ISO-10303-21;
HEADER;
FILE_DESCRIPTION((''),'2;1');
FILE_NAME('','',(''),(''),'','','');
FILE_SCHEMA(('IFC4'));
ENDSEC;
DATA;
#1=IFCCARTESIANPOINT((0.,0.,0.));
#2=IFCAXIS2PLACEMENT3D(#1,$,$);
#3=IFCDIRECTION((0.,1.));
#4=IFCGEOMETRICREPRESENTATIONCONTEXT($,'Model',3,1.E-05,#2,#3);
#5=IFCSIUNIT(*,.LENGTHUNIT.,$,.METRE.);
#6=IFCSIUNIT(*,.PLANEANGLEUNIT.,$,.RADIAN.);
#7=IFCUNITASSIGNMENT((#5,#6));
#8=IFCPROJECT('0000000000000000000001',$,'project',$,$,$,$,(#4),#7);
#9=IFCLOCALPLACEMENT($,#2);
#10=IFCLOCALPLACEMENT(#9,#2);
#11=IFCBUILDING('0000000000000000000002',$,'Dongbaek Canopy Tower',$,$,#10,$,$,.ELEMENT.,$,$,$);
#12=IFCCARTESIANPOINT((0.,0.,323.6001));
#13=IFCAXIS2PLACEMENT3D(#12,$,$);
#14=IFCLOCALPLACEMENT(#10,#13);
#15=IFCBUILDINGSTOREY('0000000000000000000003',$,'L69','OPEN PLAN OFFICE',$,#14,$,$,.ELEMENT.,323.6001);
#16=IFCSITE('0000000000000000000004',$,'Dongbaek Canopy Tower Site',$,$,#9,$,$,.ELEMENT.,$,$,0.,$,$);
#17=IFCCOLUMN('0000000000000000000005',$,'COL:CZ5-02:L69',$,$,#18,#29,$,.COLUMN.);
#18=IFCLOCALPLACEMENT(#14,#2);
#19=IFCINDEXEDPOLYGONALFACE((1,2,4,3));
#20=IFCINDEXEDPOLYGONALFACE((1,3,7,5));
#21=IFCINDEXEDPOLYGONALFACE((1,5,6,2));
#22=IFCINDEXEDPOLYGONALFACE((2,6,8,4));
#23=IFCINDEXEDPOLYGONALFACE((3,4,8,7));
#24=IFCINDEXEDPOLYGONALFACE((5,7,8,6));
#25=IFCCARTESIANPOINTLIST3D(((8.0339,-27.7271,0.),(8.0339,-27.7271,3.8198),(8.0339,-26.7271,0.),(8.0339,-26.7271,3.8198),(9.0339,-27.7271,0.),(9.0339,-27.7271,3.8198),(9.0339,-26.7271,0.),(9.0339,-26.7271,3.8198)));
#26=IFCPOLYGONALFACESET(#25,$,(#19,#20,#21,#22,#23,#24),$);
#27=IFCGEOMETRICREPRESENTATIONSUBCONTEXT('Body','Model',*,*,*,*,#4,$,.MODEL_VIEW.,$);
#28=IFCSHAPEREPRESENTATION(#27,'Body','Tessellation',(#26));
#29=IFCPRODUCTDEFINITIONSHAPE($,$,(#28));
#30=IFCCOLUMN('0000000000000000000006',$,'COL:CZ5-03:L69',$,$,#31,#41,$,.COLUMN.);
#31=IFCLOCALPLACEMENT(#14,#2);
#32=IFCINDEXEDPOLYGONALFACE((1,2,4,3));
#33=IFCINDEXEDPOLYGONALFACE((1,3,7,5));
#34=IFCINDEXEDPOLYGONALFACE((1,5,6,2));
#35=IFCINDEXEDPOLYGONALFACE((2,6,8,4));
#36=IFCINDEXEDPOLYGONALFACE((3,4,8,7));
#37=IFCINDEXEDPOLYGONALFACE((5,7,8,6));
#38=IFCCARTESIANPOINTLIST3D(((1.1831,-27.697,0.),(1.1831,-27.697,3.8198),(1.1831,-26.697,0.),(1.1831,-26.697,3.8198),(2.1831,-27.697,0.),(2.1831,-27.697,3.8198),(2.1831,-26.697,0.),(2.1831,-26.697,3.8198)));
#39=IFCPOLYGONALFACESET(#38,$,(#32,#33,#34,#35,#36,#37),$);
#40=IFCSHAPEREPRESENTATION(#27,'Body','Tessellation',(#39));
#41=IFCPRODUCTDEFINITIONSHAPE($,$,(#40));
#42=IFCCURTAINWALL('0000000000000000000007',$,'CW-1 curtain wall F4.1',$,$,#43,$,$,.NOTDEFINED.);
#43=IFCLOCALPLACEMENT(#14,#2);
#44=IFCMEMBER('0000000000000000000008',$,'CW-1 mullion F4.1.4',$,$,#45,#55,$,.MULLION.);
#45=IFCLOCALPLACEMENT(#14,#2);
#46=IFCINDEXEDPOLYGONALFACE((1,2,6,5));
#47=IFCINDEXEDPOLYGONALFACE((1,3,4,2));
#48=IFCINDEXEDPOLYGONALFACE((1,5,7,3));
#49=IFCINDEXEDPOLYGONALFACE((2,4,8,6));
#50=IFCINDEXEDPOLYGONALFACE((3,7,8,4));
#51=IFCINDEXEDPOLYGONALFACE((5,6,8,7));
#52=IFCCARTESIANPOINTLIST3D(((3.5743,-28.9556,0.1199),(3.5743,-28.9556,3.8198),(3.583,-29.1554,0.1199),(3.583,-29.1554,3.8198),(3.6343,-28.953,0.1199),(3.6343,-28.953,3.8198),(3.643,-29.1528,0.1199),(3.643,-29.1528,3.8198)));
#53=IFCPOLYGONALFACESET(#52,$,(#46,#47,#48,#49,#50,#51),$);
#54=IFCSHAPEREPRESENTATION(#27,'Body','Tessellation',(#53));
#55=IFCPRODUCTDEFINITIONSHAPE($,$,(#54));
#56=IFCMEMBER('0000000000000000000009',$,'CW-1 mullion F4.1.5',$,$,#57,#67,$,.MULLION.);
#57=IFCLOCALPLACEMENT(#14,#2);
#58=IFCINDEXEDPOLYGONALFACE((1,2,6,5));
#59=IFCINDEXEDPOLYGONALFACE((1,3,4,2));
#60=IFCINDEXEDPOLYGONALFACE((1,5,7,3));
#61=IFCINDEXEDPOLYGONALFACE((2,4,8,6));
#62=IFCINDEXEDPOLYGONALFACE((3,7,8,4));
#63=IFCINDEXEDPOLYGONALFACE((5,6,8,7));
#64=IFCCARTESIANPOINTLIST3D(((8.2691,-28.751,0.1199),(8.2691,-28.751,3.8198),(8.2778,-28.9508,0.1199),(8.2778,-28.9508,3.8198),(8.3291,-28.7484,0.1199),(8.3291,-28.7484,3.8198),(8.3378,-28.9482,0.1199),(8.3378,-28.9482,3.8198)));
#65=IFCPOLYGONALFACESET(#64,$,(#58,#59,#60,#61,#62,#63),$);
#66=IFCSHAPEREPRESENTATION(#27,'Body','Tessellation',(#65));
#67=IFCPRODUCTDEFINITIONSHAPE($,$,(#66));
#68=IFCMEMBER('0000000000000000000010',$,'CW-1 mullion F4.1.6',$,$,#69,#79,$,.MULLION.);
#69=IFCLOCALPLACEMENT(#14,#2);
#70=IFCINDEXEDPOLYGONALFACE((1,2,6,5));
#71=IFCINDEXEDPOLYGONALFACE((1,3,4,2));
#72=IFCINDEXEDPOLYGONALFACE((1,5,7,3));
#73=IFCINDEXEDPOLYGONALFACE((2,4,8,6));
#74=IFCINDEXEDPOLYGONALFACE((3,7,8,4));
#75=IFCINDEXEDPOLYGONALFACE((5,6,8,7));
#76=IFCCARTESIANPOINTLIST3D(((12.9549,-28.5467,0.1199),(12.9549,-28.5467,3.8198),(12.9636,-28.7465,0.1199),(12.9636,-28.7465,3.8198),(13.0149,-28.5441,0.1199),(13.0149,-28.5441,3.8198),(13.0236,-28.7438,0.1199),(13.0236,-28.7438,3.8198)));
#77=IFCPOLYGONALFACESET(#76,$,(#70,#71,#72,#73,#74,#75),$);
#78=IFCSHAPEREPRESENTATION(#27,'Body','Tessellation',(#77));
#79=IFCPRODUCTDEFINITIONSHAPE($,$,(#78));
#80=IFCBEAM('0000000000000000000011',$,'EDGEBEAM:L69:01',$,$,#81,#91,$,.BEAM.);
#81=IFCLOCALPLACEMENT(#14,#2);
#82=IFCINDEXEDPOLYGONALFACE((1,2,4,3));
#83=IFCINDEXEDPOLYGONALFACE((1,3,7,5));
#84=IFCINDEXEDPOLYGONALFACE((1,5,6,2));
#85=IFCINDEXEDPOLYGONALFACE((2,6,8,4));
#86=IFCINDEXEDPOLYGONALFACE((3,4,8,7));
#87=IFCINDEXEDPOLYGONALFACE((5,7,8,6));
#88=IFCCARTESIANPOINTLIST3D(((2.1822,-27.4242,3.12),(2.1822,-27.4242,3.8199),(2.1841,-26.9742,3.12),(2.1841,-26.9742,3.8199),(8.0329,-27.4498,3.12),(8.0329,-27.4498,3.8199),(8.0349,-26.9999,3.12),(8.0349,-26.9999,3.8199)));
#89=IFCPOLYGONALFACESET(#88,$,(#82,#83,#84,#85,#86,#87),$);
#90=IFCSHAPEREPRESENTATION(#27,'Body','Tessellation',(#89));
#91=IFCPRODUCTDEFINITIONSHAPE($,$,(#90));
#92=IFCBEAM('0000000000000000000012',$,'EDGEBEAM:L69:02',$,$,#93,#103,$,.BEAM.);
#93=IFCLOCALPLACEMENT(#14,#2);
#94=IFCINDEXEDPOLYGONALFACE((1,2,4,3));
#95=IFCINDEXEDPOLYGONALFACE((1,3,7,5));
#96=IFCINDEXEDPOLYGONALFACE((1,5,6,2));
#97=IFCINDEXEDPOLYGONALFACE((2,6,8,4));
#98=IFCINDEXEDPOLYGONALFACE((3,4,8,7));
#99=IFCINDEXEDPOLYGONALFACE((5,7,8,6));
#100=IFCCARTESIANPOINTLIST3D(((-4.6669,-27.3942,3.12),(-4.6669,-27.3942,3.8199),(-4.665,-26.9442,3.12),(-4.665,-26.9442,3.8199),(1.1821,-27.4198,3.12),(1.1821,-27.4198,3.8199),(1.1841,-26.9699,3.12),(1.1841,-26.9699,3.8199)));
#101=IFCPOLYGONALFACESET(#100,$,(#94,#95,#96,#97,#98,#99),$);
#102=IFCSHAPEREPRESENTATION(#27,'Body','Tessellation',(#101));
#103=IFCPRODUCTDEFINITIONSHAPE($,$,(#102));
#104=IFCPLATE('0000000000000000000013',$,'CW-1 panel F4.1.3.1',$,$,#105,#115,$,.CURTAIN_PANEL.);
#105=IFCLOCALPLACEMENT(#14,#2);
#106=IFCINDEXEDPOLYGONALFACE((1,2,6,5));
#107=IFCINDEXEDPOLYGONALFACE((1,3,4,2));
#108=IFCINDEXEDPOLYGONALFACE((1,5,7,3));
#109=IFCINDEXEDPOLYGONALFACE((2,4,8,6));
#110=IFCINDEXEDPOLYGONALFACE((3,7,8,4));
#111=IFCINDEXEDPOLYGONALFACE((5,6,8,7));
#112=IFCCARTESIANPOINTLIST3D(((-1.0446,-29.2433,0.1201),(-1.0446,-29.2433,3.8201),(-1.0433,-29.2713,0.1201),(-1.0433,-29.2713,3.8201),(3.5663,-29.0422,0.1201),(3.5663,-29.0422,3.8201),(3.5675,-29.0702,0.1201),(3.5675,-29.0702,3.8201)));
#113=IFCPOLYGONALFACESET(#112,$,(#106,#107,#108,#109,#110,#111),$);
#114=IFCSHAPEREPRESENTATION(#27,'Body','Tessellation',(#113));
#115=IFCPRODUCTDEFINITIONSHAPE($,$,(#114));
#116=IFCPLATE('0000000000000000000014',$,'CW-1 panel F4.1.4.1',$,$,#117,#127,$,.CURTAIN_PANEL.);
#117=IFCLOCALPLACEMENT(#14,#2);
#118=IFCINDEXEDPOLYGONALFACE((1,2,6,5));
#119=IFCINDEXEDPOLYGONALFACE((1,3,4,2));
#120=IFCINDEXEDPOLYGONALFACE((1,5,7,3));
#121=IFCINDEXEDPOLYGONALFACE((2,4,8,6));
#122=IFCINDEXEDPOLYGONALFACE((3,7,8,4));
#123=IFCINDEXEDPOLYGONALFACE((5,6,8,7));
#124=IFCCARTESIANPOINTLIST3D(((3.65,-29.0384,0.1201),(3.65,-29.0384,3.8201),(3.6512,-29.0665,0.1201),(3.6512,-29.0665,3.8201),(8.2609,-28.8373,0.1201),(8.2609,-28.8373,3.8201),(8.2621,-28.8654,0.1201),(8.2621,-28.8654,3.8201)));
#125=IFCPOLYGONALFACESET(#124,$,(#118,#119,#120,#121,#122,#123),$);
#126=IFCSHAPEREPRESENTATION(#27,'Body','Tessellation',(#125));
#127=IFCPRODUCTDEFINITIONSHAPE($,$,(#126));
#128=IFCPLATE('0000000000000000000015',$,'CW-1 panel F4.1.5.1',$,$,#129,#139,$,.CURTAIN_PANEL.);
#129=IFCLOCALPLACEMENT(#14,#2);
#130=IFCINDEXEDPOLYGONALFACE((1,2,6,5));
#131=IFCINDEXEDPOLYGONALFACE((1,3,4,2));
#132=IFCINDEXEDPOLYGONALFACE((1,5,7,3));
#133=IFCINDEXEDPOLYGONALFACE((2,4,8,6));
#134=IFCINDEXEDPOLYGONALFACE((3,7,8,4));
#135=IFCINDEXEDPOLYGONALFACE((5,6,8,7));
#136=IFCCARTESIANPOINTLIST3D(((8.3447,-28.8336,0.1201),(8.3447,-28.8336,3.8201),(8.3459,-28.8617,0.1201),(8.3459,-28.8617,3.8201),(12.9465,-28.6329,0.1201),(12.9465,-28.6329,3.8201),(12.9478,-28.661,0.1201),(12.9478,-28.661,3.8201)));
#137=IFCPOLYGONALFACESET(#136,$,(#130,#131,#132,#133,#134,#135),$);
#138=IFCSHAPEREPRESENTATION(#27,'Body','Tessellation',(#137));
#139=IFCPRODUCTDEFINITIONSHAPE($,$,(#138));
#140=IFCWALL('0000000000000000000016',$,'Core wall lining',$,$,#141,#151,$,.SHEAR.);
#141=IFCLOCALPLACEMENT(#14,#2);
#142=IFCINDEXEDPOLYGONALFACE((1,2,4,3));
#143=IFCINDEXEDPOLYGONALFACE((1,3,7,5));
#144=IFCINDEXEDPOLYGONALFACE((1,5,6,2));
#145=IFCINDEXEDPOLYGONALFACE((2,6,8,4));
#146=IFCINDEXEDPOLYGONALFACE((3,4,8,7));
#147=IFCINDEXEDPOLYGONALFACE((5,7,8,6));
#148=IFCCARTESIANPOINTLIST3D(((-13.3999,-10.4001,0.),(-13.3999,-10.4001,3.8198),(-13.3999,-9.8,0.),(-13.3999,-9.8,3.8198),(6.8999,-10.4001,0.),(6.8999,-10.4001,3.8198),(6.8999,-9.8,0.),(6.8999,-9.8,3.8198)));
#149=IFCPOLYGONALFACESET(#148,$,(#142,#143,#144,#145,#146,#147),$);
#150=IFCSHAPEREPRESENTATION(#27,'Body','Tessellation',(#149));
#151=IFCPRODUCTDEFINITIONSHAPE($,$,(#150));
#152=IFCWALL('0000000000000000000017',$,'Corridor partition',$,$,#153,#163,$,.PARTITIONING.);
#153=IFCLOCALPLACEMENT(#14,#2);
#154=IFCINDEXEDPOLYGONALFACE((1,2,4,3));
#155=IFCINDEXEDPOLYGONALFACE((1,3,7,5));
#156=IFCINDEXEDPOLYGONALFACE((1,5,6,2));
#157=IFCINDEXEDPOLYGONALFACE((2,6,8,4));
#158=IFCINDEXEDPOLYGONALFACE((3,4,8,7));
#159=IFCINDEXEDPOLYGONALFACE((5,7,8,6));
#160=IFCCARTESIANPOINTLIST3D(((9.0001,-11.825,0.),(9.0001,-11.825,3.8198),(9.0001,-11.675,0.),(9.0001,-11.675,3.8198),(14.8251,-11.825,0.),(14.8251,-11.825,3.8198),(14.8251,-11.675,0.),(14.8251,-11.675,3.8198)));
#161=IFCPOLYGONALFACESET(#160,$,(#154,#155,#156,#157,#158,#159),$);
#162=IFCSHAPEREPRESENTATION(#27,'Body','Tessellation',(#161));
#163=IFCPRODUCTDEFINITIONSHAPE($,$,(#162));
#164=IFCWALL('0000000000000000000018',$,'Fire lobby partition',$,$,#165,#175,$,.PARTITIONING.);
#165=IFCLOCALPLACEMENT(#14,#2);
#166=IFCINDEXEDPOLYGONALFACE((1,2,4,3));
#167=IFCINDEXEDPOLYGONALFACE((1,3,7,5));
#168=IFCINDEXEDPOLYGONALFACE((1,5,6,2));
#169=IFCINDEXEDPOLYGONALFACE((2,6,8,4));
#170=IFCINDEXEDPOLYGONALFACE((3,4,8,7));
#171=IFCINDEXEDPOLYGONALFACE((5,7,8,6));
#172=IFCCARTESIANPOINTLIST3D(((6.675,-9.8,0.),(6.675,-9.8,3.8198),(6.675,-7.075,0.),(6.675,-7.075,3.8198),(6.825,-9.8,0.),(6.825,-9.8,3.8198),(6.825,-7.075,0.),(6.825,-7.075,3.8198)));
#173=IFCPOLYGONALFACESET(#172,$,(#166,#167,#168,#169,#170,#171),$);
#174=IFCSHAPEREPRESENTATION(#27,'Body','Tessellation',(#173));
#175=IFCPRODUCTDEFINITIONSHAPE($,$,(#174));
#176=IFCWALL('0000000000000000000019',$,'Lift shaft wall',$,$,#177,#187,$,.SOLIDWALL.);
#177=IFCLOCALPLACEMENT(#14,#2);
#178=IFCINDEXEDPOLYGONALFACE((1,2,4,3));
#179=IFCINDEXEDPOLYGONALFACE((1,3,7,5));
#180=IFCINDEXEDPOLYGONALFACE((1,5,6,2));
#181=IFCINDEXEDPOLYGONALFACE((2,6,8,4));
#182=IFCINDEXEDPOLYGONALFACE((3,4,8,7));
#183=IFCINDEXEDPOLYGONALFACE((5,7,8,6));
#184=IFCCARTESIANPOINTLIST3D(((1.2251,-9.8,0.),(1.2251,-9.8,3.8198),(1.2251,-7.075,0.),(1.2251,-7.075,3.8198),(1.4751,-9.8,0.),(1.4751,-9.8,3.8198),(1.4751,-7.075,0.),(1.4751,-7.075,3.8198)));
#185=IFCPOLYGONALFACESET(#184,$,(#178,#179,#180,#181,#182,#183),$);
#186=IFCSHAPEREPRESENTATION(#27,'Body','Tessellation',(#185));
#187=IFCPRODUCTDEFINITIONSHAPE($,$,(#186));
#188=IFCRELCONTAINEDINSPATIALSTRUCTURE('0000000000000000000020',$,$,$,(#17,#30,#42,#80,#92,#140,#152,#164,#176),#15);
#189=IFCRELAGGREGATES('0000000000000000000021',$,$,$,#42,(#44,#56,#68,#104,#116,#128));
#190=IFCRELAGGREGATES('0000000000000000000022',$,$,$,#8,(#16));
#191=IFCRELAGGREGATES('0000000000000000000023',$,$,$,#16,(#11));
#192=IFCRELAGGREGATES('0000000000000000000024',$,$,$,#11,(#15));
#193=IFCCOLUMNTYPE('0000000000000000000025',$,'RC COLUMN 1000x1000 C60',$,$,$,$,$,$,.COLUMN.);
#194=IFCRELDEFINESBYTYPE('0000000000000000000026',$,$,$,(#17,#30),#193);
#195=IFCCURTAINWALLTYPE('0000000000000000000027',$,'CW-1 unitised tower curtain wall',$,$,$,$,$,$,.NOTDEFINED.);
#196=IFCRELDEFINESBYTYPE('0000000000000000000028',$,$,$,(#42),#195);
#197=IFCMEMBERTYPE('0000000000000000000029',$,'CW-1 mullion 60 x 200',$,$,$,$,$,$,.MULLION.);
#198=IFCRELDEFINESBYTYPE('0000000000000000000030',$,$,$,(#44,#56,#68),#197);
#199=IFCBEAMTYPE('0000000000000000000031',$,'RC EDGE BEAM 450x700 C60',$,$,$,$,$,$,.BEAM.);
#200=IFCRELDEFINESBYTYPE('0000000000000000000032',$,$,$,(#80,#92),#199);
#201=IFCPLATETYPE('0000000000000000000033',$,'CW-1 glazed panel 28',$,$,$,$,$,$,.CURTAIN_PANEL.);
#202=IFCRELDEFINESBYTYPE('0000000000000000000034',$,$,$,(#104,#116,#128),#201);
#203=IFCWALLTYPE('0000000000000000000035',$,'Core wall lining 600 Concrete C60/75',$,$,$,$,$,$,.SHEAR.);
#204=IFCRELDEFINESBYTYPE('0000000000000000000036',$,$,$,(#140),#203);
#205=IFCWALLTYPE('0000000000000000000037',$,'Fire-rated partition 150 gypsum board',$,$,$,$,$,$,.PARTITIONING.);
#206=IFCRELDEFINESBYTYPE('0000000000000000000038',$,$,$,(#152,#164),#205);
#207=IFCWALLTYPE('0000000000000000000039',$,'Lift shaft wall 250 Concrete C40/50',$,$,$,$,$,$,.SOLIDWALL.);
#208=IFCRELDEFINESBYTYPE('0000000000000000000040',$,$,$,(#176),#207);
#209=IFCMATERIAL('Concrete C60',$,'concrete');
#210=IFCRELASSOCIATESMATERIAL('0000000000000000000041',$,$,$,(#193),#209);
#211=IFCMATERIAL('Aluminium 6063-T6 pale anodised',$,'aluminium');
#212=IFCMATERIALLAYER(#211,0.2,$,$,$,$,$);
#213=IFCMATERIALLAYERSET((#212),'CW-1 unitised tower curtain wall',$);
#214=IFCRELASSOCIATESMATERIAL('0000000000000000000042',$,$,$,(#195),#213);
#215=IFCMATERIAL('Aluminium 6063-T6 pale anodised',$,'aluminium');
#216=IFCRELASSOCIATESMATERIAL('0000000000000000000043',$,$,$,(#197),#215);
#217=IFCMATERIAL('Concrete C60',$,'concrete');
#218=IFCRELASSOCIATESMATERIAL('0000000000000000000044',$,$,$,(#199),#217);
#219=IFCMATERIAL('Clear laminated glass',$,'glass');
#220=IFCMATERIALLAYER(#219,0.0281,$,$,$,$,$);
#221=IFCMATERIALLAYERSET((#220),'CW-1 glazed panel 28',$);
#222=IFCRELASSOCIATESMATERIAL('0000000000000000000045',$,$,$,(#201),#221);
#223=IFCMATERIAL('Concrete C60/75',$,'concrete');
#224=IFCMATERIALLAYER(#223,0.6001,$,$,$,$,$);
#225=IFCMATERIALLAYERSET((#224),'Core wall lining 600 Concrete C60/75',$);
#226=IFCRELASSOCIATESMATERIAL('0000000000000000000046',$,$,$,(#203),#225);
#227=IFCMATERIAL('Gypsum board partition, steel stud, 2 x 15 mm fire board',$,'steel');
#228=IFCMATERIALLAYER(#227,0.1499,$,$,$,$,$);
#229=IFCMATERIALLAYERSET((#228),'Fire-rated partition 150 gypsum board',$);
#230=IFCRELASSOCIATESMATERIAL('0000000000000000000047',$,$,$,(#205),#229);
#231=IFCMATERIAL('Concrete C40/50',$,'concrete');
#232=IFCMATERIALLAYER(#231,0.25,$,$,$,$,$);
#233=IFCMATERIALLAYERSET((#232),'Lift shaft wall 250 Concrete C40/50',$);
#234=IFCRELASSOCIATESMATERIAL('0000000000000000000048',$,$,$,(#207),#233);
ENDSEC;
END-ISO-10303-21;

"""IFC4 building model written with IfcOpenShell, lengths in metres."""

from ifc_helpers import new_model, si_unit, direction, frame, frame_2d, origin, origin_2d, place, context, subcontext, project, spatial, rectangle, extrude, material, layer, layer_set, material_profile, profile_set, type_object, element, aggregate, save


model = new_model("IFC4")

# Units and contexts
model_context = context("Model", 3, precision=1e-05, world=origin(), true_north=direction((0.0, 1.0)))
body_context = subcontext(model_context, "Body", "Model", "MODEL_VIEW")
ifc_project = project(units=[si_unit("LENGTHUNIT", "METRE"), si_unit("PLANEANGLEUNIT", "RADIAN")], contexts=[model_context])

# Site, building, storey
site_placement = place(None, origin())
site = spatial("IfcSite", under=ifc_project, at=site_placement, Name="Dongbaek Canopy Tower Site", CompositionType="ELEMENT", RefElevation=0.0)
building_placement = place(site_placement, origin())
building = spatial("IfcBuilding", under=site, at=building_placement, Name="Dongbaek Canopy Tower", CompositionType="ELEMENT")
storey_placement = place(building_placement, frame((0.0, 0.0, 323.6001)))
storey = spatial("IfcBuildingStorey", under=building, at=storey_placement, Name="L69", Description="OPEN PLAN OFFICE", CompositionType="ELEMENT", Elevation=323.6001)

# Columns
ifc_material_1 = material(Name="Concrete C60", Category="concrete")
ifc_material_profile_1 = material_profile(ifc_material_1, rectangle(XDim=1.0, YDim=1.0, at=origin_2d()), Name="RC COLUMN 1000x1000 C60")
ifc_profile_set_1 = profile_set([ifc_material_profile_1], Name="Concrete C60")
column_type = type_object("IfcColumnType", Name="RC COLUMN 1000x1000 C60", PredefinedType="COLUMN", material=ifc_profile_set_1)
for number, where, z_axis, x_axis, name in (
    (1, (8.5339, -27.2271, 0.0), (0.0, 0.0, 1.0), (1.0, 0.0, 0.0), "COL:CZ5-02:L69"),
    (2, (1.6831, -27.197, 0.0), (0.0, 0.0, 1.0), (1.0, 0.0, 0.0), "COL:CZ5-03:L69"),
):
    element("IfcColumn", number, at=place(storey_placement, frame(where, z_axis=z_axis, x_axis=x_axis)), inside=storey, type_object=column_type, Name=name, PredefinedType="COLUMN", context=body_context, shape_type="SweptSolid", body=[
        extrude(rectangle(XDim=1.0, YDim=1.0, at=origin_2d()), origin(), (0.0, 0.0, 1.0), 3.8198),
    ])

# Curtain wall, members
ifc_material_2 = material(Name="Aluminium 6063-T6 pale anodised", Category="aluminium")
ifc_layer_1 = layer(ifc_material_2, 0.2)
ifc_layer_set_1 = layer_set([ifc_layer_1], Name="CW-1 unitised tower curtain wall")
curtain_wall_type = type_object("IfcCurtainWallType", Name="CW-1 unitised tower curtain wall", PredefinedType="NOTDEFINED", material=ifc_layer_set_1)
curtain_wall_placement = place(storey_placement, origin())
curtain_wall = element("IfcCurtainWall", 3, at=curtain_wall_placement, inside=storey, type_object=curtain_wall_type, Name="CW-1 curtain wall F4.1", PredefinedType="NOTDEFINED")
ifc_material_3 = material(Name="Aluminium 6063-T6 pale anodised", Category="aluminium")
ifc_material_profile_2 = material_profile(ifc_material_3, rectangle(XDim=0.2, YDim=0.0601, at=origin_2d()), Name="CW-1 mullion 60 x 200")
ifc_profile_set_2 = profile_set([ifc_material_profile_2], Name="Aluminium 6063-T6 pale anodised")
member_type = type_object("IfcMemberType", Name="CW-1 mullion 60 x 200", PredefinedType="MULLION", material=ifc_profile_set_2)
member_1_placement = place(storey_placement, frame((3.6086, -29.0542, 0.1199), z_axis=(0.0, 0.0, 1.0), x_axis=(0.043572, -0.99905, 0.0)))
member_1 = element("IfcMember", 4, at=member_1_placement, type_object=member_type, Name="CW-1 mullion F4.1.4", PredefinedType="MULLION", context=body_context, shape_type="SweptSolid", body=[
    extrude(rectangle(XDim=0.2, YDim=0.0601, at=origin_2d()), origin(), (0.0, 0.0, 1.0), 3.7),
])
member_2_placement = place(storey_placement, frame((8.3035, -28.8496, 0.1199), z_axis=(0.0, 0.0, 1.0), x_axis=(0.043572, -0.99905, 0.0)))
member_2 = element("IfcMember", 5, at=member_2_placement, type_object=member_type, Name="CW-1 mullion F4.1.5", PredefinedType="MULLION", context=body_context, shape_type="SweptSolid", body=[
    extrude(rectangle(XDim=0.2, YDim=0.0601, at=origin_2d()), origin(), (0.0, 0.0, 1.0), 3.7),
])
member_3_placement = place(storey_placement, frame((12.9893, -28.6453, 0.1199), z_axis=(0.0, 0.0, 1.0), x_axis=(0.043572, -0.99905, 0.0)))
member_3 = element("IfcMember", 6, at=member_3_placement, type_object=member_type, Name="CW-1 mullion F4.1.6", PredefinedType="MULLION", context=body_context, shape_type="SweptSolid", body=[
    extrude(rectangle(XDim=0.2, YDim=0.0601, at=origin_2d()), origin(), (0.0, 0.0, 1.0), 3.7),
])

# Beams
ifc_material_4 = material(Name="Concrete C60", Category="concrete")
ifc_material_profile_3 = material_profile(ifc_material_4, rectangle(XDim=0.45, YDim=0.7, at=origin_2d()), Name="RC EDGE BEAM 450x700 C60")
ifc_profile_set_3 = profile_set([ifc_material_profile_3], Name="Concrete C60")
beam_type = type_object("IfcBeamType", Name="RC EDGE BEAM 450x700 C60", PredefinedType="BEAM", material=ifc_profile_set_3)
beam_1_placement = place(storey_placement, frame((8.0339, -27.2249, 3.47), z_axis=(-0.99999, 0.004381, 0.0), x_axis=(-0.004381, -0.99999, 0.0)))
element("IfcBeam", 7, at=beam_1_placement, inside=storey, type_object=beam_type, Name="EDGEBEAM:L69:01", PredefinedType="BEAM", context=body_context, shape_type="SweptSolid", body=[
    extrude(rectangle(XDim=0.45, YDim=0.7, at=origin_2d()), origin(), (0.0, 0.0, 1.0), 5.8508),
])
beam_2_placement = place(storey_placement, frame((1.1831, -27.1948, 3.47), z_axis=(-0.99999, 0.004383, 0.0), x_axis=(-0.004383, -0.99999, 0.0)))
element("IfcBeam", 8, at=beam_2_placement, inside=storey, type_object=beam_type, Name="EDGEBEAM:L69:02", PredefinedType="BEAM", context=body_context, shape_type="SweptSolid", body=[
    extrude(rectangle(XDim=0.45, YDim=0.7, at=origin_2d()), origin(), (0.0, 0.0, 1.0), 5.8491),
])

# Plates
ifc_material_5 = material(Name="Clear laminated glass", Category="glass")
ifc_layer_2 = layer(ifc_material_5, 0.0281)
ifc_layer_set_2 = layer_set([ifc_layer_2], Name="CW-1 glazed panel 28")
plate_type = type_object("IfcPlateType", Name="CW-1 glazed panel 28", PredefinedType="CURTAIN_PANEL", material=ifc_layer_set_2)
plate_1_placement = place(storey_placement, frame((1.2615, -29.1567, 0.1201), z_axis=(0.0, 0.0, 1.0), x_axis=(0.99905, 0.043572, 0.0)))
plate_1 = element("IfcPlate", 9, at=plate_1_placement, type_object=plate_type, Name="CW-1 panel F4.1.3.1", PredefinedType="CURTAIN_PANEL", context=body_context, shape_type="SweptSolid", body=[
    extrude(rectangle(XDim=4.6152, YDim=0.0281, at=origin_2d()), origin(), (0.0, 0.0, 1.0), 3.7),
])
plate_2_placement = place(storey_placement, frame((5.9561, -28.9519, 0.1201), z_axis=(0.0, 0.0, 1.0), x_axis=(0.99905, 0.043572, 0.0)))
plate_2 = element("IfcPlate", 10, at=plate_2_placement, type_object=plate_type, Name="CW-1 panel F4.1.4.1", PredefinedType="CURTAIN_PANEL", context=body_context, shape_type="SweptSolid", body=[
    extrude(rectangle(XDim=4.6152, YDim=0.0281, at=origin_2d()), origin(), (0.0, 0.0, 1.0), 3.7),
])
plate_3_placement = place(storey_placement, frame((10.6462, -28.7473, 0.1201), z_axis=(0.0, 0.0, 1.0), x_axis=(0.99905, 0.043572, 0.0)))
plate_3 = element("IfcPlate", 11, at=plate_3_placement, type_object=plate_type, Name="CW-1 panel F4.1.5.1", PredefinedType="CURTAIN_PANEL", context=body_context, shape_type="SweptSolid", body=[
    extrude(rectangle(XDim=4.6062, YDim=0.0281, at=origin_2d()), origin(), (0.0, 0.0, 1.0), 3.7),
])

# Walls
ifc_material_6 = material(Name="Concrete C60/75", Category="concrete")
ifc_layer_3 = layer(ifc_material_6, 0.6001)
ifc_layer_set_3 = layer_set([ifc_layer_3], Name="Core wall lining 600 Concrete C60/75")
wall_type_1 = type_object("IfcWallType", Name="Core wall lining 600 Concrete C60/75", PredefinedType="SHEAR", material=ifc_layer_set_3)
wall_1_placement = place(storey_placement, frame((6.8999, -10.1001, 0.0), z_axis=(0.0, 0.0, 1.0), x_axis=(-1.0, 0.0, 0.0)))
element("IfcWall", 12, at=wall_1_placement, inside=storey, type_object=wall_type_1, Name="Core wall lining", PredefinedType="SHEAR", context=body_context, shape_type="SweptSolid", body=[
    extrude(rectangle(XDim=20.2998, YDim=0.6001, at=frame_2d((10.1499, 0.0))), origin(), (0.0, 0.0, 1.0), 3.8198),
])
ifc_material_7 = material(Name="Gypsum board partition, steel stud, 2 x 15 mm fire board", Category="steel")
ifc_layer_4 = layer(ifc_material_7, 0.1499)
ifc_layer_set_4 = layer_set([ifc_layer_4], Name="Fire-rated partition 150 gypsum board")
wall_type_2 = type_object("IfcWallType", Name="Fire-rated partition 150 gypsum board", PredefinedType="PARTITIONING", material=ifc_layer_set_4)
wall_2_placement = place(storey_placement, frame((9.0, -11.75, 0.0), z_axis=(0.0, 0.0, 1.0), x_axis=(1.0, 0.0, 0.0)))
element("IfcWall", 13, at=wall_2_placement, inside=storey, type_object=wall_type_2, Name="Corridor partition", PredefinedType="PARTITIONING", context=body_context, shape_type="SweptSolid", body=[
    extrude(rectangle(XDim=5.825, YDim=0.1499, at=frame_2d((2.9126, 0.0))), origin(), (0.0, 0.0, 1.0), 3.8198),
])
wall_3_placement = place(storey_placement, frame((6.75, -9.8, 0.0), z_axis=(0.0, 0.0, 1.0), x_axis=(0.0, 1.0, 0.0)))
element("IfcWall", 14, at=wall_3_placement, inside=storey, type_object=wall_type_2, Name="Fire lobby partition", PredefinedType="PARTITIONING", context=body_context, shape_type="SweptSolid", body=[
    extrude(rectangle(XDim=2.7251, YDim=0.1499, at=frame_2d((1.3625, 0.0))), origin(), (0.0, 0.0, 1.0), 3.8198),
])
ifc_material_8 = material(Name="Concrete C40/50", Category="concrete")
ifc_layer_5 = layer(ifc_material_8, 0.25)
ifc_layer_set_5 = layer_set([ifc_layer_5], Name="Lift shaft wall 250 Concrete C40/50")
wall_type_3 = type_object("IfcWallType", Name="Lift shaft wall 250 Concrete C40/50", PredefinedType="SOLIDWALL", material=ifc_layer_set_5)
wall_4_placement = place(storey_placement, frame((1.3501, -9.8, 0.0), z_axis=(0.0, 0.0, 1.0), x_axis=(0.0, 1.0, 0.0)))
element("IfcWall", 15, at=wall_4_placement, inside=storey, type_object=wall_type_3, Name="Lift shaft wall", PredefinedType="SOLIDWALL", context=body_context, shape_type="SweptSolid", body=[
    extrude(rectangle(XDim=2.7251, YDim=0.25, at=frame_2d((1.3625, 0.0))), origin(), (0.0, 0.0, 1.0), 3.8198),
])

aggregate(curtain_wall, [member_1, member_2, member_3, plate_1, plate_2, plate_3])

save(model, "model.ifc")
